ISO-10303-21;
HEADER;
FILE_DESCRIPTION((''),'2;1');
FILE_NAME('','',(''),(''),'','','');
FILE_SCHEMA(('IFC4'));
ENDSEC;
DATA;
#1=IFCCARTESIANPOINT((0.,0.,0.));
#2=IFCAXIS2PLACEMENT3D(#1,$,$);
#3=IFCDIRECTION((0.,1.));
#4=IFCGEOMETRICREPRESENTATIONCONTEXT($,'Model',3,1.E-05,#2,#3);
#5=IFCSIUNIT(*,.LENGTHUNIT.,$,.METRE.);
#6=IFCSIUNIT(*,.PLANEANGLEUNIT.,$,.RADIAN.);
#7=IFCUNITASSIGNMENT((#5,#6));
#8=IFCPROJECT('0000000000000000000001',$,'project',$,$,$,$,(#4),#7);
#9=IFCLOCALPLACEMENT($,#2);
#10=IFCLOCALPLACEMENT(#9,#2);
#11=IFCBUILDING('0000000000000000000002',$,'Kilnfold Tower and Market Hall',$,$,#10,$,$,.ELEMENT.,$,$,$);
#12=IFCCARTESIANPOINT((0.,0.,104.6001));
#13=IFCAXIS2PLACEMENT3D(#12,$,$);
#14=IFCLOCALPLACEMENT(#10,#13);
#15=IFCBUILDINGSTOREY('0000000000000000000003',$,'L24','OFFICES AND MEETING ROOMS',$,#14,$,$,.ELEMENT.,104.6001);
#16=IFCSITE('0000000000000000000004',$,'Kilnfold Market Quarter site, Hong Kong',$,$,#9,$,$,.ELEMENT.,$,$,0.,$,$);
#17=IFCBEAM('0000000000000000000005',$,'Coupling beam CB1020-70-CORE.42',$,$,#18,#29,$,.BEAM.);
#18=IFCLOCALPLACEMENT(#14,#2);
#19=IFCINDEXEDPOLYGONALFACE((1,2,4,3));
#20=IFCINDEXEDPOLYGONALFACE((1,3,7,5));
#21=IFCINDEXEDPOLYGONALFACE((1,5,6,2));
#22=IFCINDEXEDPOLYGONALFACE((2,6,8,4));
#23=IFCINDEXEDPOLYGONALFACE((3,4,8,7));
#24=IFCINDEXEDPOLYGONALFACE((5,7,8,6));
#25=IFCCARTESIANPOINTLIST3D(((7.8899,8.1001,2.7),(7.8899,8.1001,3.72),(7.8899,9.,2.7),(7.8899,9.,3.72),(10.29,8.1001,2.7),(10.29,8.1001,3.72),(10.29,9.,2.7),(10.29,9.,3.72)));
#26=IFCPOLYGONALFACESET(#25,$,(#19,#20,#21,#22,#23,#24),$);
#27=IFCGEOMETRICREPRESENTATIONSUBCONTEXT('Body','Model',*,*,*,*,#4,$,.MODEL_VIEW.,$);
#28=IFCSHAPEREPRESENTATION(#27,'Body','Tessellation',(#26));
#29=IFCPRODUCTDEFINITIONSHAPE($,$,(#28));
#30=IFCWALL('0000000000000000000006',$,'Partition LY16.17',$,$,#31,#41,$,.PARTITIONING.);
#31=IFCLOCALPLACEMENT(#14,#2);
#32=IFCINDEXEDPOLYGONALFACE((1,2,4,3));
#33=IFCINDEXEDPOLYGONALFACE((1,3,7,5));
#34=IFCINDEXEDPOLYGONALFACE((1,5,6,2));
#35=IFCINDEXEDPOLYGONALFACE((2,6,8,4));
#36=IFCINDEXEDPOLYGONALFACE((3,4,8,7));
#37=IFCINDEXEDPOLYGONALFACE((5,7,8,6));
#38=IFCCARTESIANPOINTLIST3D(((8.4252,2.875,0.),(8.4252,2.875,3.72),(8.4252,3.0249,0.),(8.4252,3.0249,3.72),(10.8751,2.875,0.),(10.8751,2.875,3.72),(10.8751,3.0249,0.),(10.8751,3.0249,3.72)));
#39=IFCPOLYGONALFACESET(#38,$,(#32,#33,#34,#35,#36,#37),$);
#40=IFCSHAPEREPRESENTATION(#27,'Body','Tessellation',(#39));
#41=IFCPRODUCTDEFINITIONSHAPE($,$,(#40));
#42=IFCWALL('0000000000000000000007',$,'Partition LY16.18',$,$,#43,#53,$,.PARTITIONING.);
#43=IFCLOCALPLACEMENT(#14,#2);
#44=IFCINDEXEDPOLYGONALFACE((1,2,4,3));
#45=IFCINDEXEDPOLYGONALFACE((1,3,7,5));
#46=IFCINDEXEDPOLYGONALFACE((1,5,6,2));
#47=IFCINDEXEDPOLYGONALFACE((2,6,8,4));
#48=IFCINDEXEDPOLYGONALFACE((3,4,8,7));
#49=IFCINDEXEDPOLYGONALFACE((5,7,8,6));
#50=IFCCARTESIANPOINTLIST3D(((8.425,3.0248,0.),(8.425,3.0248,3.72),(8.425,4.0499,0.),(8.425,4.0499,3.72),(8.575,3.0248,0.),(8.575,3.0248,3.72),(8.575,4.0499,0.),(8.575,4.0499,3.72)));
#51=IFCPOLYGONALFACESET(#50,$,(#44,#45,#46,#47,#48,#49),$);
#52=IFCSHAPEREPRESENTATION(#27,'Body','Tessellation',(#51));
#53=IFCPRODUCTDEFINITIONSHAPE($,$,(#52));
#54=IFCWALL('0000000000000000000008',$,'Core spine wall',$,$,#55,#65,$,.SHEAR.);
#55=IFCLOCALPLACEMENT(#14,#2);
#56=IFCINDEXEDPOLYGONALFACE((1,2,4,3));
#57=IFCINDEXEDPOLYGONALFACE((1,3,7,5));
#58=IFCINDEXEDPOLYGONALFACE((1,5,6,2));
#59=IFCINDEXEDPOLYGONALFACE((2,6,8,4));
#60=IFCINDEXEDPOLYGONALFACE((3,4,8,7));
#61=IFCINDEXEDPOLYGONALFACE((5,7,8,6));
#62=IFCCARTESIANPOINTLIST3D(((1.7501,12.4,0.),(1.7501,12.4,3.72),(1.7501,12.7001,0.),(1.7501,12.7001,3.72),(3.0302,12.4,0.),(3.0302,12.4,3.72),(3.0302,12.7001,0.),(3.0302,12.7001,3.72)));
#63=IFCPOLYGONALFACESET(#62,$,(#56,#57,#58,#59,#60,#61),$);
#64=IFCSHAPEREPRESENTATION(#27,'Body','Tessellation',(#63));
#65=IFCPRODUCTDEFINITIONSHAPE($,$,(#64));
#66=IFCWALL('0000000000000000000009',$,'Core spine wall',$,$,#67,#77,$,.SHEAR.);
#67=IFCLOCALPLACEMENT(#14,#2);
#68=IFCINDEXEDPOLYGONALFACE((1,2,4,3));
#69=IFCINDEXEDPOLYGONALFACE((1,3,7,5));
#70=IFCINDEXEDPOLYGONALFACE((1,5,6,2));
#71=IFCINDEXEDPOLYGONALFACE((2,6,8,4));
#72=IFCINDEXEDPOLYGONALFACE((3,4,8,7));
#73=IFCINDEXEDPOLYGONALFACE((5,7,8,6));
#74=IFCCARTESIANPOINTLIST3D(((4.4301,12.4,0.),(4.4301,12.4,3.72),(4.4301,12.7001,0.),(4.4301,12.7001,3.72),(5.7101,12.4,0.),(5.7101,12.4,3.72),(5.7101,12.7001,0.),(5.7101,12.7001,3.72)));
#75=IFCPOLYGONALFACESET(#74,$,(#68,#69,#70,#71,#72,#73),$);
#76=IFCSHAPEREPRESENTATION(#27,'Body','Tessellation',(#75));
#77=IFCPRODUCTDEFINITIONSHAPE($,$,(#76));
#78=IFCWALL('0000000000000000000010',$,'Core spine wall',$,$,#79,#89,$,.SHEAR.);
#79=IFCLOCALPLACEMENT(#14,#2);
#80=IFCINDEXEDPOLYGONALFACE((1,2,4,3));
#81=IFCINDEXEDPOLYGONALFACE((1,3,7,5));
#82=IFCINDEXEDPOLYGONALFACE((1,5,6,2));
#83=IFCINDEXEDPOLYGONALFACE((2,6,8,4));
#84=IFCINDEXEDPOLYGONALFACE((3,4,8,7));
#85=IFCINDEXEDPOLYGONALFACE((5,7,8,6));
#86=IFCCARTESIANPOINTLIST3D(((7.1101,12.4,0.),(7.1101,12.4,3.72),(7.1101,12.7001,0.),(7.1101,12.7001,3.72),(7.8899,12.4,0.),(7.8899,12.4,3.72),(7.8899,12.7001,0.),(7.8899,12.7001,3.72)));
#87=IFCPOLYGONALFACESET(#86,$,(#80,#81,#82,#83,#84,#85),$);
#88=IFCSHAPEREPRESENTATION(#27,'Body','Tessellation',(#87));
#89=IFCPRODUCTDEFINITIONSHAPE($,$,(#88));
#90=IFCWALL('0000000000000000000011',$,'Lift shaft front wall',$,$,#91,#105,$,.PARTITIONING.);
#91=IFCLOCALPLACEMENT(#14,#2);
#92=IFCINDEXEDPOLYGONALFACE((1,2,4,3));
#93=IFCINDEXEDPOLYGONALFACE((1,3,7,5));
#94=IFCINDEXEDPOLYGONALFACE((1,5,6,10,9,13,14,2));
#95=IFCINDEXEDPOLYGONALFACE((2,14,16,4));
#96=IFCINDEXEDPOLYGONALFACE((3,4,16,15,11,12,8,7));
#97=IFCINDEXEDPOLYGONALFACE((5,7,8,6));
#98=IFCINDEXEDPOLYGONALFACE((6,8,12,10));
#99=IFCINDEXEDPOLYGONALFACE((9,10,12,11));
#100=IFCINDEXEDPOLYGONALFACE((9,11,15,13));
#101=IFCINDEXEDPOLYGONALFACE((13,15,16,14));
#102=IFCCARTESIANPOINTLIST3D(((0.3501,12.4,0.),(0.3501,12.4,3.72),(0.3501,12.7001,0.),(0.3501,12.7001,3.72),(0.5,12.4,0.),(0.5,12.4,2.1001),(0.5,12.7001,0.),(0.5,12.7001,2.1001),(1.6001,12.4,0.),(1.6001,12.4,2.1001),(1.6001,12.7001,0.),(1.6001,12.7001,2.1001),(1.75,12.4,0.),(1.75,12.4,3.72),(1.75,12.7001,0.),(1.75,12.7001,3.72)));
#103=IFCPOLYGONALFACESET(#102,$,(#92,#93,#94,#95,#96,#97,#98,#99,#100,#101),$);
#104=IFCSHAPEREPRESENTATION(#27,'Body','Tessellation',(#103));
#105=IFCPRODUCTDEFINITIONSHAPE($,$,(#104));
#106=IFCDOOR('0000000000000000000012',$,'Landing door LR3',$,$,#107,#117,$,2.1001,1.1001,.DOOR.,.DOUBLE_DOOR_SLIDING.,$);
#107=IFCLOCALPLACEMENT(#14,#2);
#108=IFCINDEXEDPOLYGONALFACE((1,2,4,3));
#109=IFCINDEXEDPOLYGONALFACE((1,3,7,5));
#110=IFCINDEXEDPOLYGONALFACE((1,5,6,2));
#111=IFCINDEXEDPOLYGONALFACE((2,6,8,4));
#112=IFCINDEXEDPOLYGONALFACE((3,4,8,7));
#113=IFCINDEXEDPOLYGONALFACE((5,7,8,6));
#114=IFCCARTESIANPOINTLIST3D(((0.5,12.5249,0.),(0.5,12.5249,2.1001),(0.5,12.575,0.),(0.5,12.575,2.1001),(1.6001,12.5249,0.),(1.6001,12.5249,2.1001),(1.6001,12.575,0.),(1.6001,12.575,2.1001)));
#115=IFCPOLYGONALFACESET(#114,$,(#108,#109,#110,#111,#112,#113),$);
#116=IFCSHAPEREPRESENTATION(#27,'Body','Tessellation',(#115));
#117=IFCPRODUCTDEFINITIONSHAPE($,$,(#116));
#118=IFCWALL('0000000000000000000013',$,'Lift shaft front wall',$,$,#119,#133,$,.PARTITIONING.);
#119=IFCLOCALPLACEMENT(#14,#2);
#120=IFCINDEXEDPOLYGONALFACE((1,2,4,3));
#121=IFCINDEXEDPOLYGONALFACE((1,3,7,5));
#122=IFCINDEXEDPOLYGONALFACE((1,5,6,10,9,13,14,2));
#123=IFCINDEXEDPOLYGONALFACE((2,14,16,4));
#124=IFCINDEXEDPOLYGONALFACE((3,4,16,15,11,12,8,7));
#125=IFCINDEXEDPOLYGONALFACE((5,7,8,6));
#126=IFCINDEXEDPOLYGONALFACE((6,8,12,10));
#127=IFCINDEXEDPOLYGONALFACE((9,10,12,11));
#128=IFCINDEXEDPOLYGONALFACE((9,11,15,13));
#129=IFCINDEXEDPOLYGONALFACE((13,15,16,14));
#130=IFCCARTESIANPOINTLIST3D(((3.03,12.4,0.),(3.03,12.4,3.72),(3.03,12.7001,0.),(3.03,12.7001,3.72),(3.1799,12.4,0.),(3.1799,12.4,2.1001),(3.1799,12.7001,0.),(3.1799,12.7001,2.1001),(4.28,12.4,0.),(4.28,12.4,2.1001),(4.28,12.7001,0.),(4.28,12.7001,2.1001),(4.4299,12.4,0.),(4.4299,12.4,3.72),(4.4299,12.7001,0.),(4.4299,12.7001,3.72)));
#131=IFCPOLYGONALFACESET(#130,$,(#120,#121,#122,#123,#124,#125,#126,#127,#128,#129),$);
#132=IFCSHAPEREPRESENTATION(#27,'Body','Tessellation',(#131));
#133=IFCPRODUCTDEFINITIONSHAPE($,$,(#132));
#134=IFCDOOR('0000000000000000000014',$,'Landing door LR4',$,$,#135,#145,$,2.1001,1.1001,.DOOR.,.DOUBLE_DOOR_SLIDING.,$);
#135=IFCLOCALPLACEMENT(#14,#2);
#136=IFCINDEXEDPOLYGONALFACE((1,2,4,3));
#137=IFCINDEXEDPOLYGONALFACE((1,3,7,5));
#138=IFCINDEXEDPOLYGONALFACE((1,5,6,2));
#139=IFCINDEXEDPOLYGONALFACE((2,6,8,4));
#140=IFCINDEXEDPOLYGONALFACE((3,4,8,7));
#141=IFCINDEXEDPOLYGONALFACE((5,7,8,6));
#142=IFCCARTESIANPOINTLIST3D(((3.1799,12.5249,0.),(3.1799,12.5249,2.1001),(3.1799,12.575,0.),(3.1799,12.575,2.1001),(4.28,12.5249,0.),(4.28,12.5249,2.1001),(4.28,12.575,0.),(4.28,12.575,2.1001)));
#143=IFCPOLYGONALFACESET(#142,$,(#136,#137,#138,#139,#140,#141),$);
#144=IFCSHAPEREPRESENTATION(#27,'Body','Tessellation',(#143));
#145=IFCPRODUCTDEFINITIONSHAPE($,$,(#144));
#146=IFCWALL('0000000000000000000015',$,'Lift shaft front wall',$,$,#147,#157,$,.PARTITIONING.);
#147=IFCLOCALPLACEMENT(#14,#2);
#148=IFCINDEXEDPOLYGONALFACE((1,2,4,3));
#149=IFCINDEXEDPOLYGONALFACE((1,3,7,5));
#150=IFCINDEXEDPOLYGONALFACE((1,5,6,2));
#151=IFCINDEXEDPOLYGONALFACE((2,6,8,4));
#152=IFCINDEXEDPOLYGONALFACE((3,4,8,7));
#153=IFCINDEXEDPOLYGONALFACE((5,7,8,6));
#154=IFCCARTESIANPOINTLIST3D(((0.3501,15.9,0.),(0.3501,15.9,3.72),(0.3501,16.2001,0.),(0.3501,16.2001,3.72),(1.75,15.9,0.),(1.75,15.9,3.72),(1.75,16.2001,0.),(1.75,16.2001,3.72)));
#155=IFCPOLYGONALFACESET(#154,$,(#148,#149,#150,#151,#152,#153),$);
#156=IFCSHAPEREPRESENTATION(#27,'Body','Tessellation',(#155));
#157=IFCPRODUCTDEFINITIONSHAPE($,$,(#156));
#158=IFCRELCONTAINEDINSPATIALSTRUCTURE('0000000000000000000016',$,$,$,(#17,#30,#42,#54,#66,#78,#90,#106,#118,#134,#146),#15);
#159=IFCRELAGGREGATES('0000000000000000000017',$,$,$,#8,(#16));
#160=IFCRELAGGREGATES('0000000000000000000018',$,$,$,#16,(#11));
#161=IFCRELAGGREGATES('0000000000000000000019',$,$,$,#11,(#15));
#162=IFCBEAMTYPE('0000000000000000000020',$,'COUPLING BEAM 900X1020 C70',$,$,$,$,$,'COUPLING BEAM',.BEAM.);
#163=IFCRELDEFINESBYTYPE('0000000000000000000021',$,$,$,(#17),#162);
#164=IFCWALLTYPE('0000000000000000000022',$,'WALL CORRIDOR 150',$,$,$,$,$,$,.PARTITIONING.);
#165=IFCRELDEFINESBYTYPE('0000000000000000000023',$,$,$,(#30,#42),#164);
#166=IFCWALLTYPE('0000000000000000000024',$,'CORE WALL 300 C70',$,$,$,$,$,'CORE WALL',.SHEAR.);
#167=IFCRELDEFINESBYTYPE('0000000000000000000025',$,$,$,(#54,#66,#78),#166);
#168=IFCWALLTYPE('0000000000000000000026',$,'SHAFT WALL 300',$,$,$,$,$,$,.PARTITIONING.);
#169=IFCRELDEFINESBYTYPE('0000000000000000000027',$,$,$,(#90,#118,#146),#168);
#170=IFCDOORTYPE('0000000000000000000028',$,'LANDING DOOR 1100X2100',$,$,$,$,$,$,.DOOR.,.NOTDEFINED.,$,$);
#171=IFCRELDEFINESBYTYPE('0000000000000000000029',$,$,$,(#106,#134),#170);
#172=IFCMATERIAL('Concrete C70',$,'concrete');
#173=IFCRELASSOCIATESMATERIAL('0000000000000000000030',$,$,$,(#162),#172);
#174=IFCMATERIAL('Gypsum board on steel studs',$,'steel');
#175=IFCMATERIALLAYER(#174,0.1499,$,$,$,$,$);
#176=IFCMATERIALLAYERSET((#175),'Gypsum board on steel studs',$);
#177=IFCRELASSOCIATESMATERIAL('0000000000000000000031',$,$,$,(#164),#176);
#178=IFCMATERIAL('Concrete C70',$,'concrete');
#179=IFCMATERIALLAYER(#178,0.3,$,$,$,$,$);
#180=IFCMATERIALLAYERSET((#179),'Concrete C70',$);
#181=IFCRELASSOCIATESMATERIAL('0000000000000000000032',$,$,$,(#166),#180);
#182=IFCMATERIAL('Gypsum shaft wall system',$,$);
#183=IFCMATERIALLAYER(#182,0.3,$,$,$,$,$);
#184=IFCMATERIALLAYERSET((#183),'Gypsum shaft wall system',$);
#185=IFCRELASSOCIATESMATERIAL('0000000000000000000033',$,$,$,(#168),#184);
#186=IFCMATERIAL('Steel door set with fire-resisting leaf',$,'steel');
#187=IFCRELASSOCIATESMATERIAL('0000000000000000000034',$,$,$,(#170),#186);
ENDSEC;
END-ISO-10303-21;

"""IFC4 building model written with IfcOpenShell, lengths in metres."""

from ifc_helpers import new_model, si_unit, direction, frame, frame_2d, origin, origin_2d, place, context, subcontext, project, spatial, rectangle, extrude, source, transform, mapped, material, layer, layer_set, material_profile, profile_set, type_object, element, fill, save


model = new_model("IFC4")

# Units and contexts
model_context = context("Model", 3, precision=1e-05, world=origin(), true_north=direction((0.0, 1.0)))
body_context = subcontext(model_context, "Body", "Model", "MODEL_VIEW")
ifc_project = project(units=[si_unit("LENGTHUNIT", "METRE"), si_unit("PLANEANGLEUNIT", "RADIAN")], contexts=[model_context])

# Site, building, storey
site_placement = place(None, origin())
site = spatial("IfcSite", under=ifc_project, at=site_placement, Name="Kilnfold Market Quarter site, Hong Kong", CompositionType="ELEMENT", RefElevation=0.0)
building_placement = place(site_placement, origin())
building = spatial("IfcBuilding", under=site, at=building_placement, Name="Kilnfold Tower and Market Hall", CompositionType="ELEMENT")
storey_placement = place(building_placement, frame((0.0, 0.0, 104.6001)))
storey = spatial("IfcBuildingStorey", under=building, at=storey_placement, Name="L24", Description="OFFICES AND MEETING ROOMS", CompositionType="ELEMENT", Elevation=104.6001)

# Beam
ifc_material_1 = material(Name="Concrete C70", Category="concrete")
ifc_material_profile = material_profile(ifc_material_1, rectangle(XDim=0.8999, YDim=1.02, at=origin_2d()), Name="RC 900x1020")
ifc_profile_set = profile_set([ifc_material_profile], Name="Concrete C70")
beam_type = type_object("IfcBeamType", Name="COUPLING BEAM 900X1020 C70", ElementType="COUPLING BEAM", PredefinedType="BEAM", material=ifc_profile_set)
shared_shape_1 = source(origin(), body_context, "Body", "SweptSolid", [
    extrude(rectangle(XDim=0.8999, YDim=1.02, at=origin_2d()), origin(), (0.0, 0.0, 1.0), 2.4001),
])
beam_placement = place(storey_placement, frame((7.8899, 8.55, 3.21), z_axis=(1.0, 0.0, 0.0), x_axis=(0.0, 1.0, 0.0)))
element("IfcBeam", 1, at=beam_placement, inside=storey, type_object=beam_type, Name="Coupling beam CB1020-70-CORE.42", PredefinedType="BEAM", context=body_context, shape_type="MappedRepresentation", body=[
    mapped(shared_shape_1, transform((0.0, 0.0, 0.0))),
])

# Walls
ifc_material_2 = material(Name="Gypsum board on steel studs", Category="steel")
ifc_layer_1 = layer(ifc_material_2, 0.1499)
ifc_layer_set_1 = layer_set([ifc_layer_1], Name="Gypsum board on steel studs")
wall_type_1 = type_object("IfcWallType", Name="WALL CORRIDOR 150", PredefinedType="PARTITIONING", material=ifc_layer_set_1)
wall_1_placement = place(storey_placement, frame((8.425, 2.95, 0.0), z_axis=(0.0, 0.0, 1.0), x_axis=(1.0, 0.0, 0.0)))
element("IfcWall", 2, at=wall_1_placement, inside=storey, type_object=wall_type_1, Name="Partition LY16.17", PredefinedType="PARTITIONING", context=body_context, shape_type="SweptSolid", body=[
    extrude(rectangle(XDim=2.45, YDim=0.1499, at=frame_2d((1.2251, 0.0))), origin(), (0.0, 0.0, 1.0), 3.72),
])
wall_2_placement = place(storey_placement, frame((8.5, 4.05, 0.0), z_axis=(0.0, 0.0, 1.0), x_axis=(0.0, -1.0, 0.0)))
element("IfcWall", 3, at=wall_2_placement, inside=storey, type_object=wall_type_1, Name="Partition LY16.18", PredefinedType="PARTITIONING", context=body_context, shape_type="SweptSolid", body=[
    extrude(rectangle(XDim=1.0251, YDim=0.1499, at=frame_2d((0.5127, 0.0))), origin(), (0.0, 0.0, 1.0), 3.72),
])
ifc_material_3 = material(Name="Concrete C70", Category="concrete")
ifc_layer_2 = layer(ifc_material_3, 0.3)
ifc_layer_set_2 = layer_set([ifc_layer_2], Name="Concrete C70")
wall_type_2 = type_object("IfcWallType", Name="CORE WALL 300 C70", ElementType="CORE WALL", PredefinedType="SHEAR", material=ifc_layer_set_2)
shared_shape_2 = source(origin(), body_context, "Body", "SweptSolid", [
    extrude(rectangle(XDim=1.28, YDim=0.3, at=frame_2d((0.6401, 0.0))), origin(), (0.0, 0.0, 1.0), 3.72),
])
for number, where, z_axis, x_axis, name in (
    (4, (1.75, 12.55, 0.0), (0.0, 0.0, 1.0), (1.0, 0.0, 0.0), "Core spine wall"),
    (5, (4.4299, 12.55, 0.0), (0.0, 0.0, 1.0), (1.0, 0.0, 0.0), "Core spine wall"),
):
    element("IfcWall", number, at=place(storey_placement, frame(where, z_axis=z_axis, x_axis=x_axis)), inside=storey, type_object=wall_type_2, Name=name, PredefinedType="SHEAR", context=body_context, shape_type="MappedRepresentation", body=[
        mapped(shared_shape_2, transform((0.0, 0.0, 0.0))),
    ])
shared_shape_3 = source(origin(), body_context, "Body", "SweptSolid", [
    extrude(rectangle(XDim=0.7798, YDim=0.3, at=frame_2d((0.3899, 0.0))), origin(), (0.0, 0.0, 1.0), 3.72),
])
wall_3_placement = place(storey_placement, frame((7.1101, 12.55, 0.0), z_axis=(0.0, 0.0, 1.0), x_axis=(1.0, 0.0, 0.0)))
element("IfcWall", 6, at=wall_3_placement, inside=storey, type_object=wall_type_2, Name="Core spine wall", PredefinedType="SHEAR", context=body_context, shape_type="MappedRepresentation", body=[
    mapped(shared_shape_3, transform((0.0, 0.0, 0.0))),
])

# Walls, openings, doors
ifc_material_4 = material(Name="Gypsum shaft wall system")
ifc_layer_3 = layer(ifc_material_4, 0.3)
ifc_layer_set_3 = layer_set([ifc_layer_3], Name="Gypsum shaft wall system")
wall_type_3 = type_object("IfcWallType", Name="SHAFT WALL 300", PredefinedType="PARTITIONING", material=ifc_layer_set_3)
shared_shape_4 = source(origin(), body_context, "Body", "SweptSolid", [
    extrude(rectangle(XDim=1.3999, YDim=0.3, at=frame_2d((0.7, 0.0))), origin(), (0.0, 0.0, 1.0), 3.72),
])
wall_4_placement = place(storey_placement, frame((0.3501, 12.55, 0.0), z_axis=(0.0, 0.0, 1.0), x_axis=(1.0, 0.0, 0.0)))
wall_4 = element("IfcWall", 7, at=wall_4_placement, inside=storey, type_object=wall_type_3, Name="Lift shaft front wall", PredefinedType="PARTITIONING", context=body_context, shape_type="MappedRepresentation", body=[
    mapped(shared_shape_4, transform((0.0, 0.0, 0.0))),
])
opening_1_placement = place(wall_4_placement, frame((0.1499, 0.0, 0.0)))
opening_1 = element("IfcOpeningElement", 8, at=opening_1_placement, cuts=wall_4, PredefinedType="OPENING", context=body_context, shape_type="SweptSolid", body=[
    extrude(rectangle(XDim=1.1001, YDim=2.1001, at=frame_2d((0.55, 1.05))), frame((0.0, 0.1602, 0.0), z_axis=(0.0, -1.0, 0.0), x_axis=(1.0, 0.0, 0.0)), (0.0, 0.0, 1.0), 0.3201),
])
ifc_material_5 = material(Name="Steel door set with fire-resisting leaf", Category="steel")
door_type_1 = type_object("IfcDoorType", Name="LANDING DOOR 1100X2100", OperationType="NOTDEFINED", PredefinedType="DOOR", material=ifc_material_5)
door_1_placement = place(opening_1_placement, origin())
door_1 = element("IfcDoor", 9, at=door_1_placement, inside=storey, type_object=door_type_1, Name="Landing door LR3", OperationType="DOUBLE_DOOR_SLIDING", OverallHeight=2.1001, OverallWidth=1.1001, PredefinedType="DOOR", context=body_context, shape_type="SweptSolid", body=[
    extrude(rectangle(XDim=1.1001, YDim=2.1001, at=frame_2d((0.55, 1.05))), frame((0.0, 0.0249, 0.0), z_axis=(0.0, -1.0, 0.0), x_axis=(1.0, 0.0, 0.0)), (0.0, 0.0, 1.0), 0.05),
])
fill(opening_1, door_1)
wall_5_placement = place(storey_placement, frame((3.03, 12.55, 0.0), z_axis=(0.0, 0.0, 1.0), x_axis=(1.0, 0.0, 0.0)))
wall_5 = element("IfcWall", 10, at=wall_5_placement, inside=storey, type_object=wall_type_3, Name="Lift shaft front wall", PredefinedType="PARTITIONING", context=body_context, shape_type="MappedRepresentation", body=[
    mapped(shared_shape_4, transform((0.0, 0.0, 0.0))),
])
opening_2_placement = place(wall_5_placement, frame((0.1499, 0.0, 0.0)))
opening_2 = element("IfcOpeningElement", 11, at=opening_2_placement, cuts=wall_5, PredefinedType="OPENING", context=body_context, shape_type="SweptSolid", body=[
    extrude(rectangle(XDim=1.1001, YDim=2.1001, at=frame_2d((0.55, 1.05))), frame((0.0, 0.1602, 0.0), z_axis=(0.0, -1.0, 0.0), x_axis=(1.0, 0.0, 0.0)), (0.0, 0.0, 1.0), 0.3201),
])
door_2_placement = place(opening_2_placement, origin())
door_2 = element("IfcDoor", 12, at=door_2_placement, inside=storey, type_object=door_type_1, Name="Landing door LR4", OperationType="DOUBLE_DOOR_SLIDING", OverallHeight=2.1001, OverallWidth=1.1001, PredefinedType="DOOR", context=body_context, shape_type="SweptSolid", body=[
    extrude(rectangle(XDim=1.1001, YDim=2.1001, at=frame_2d((0.55, 1.05))), frame((0.0, 0.0249, 0.0), z_axis=(0.0, -1.0, 0.0), x_axis=(1.0, 0.0, 0.0)), (0.0, 0.0, 1.0), 0.05),
])
fill(opening_2, door_2)

# Wall
wall_6_placement = place(storey_placement, frame((0.3501, 16.05, 0.0), z_axis=(0.0, 0.0, 1.0), x_axis=(1.0, 0.0, 0.0)))
element("IfcWall", 13, at=wall_6_placement, inside=storey, type_object=wall_type_3, Name="Lift shaft front wall", PredefinedType="PARTITIONING", context=body_context, shape_type="MappedRepresentation", body=[
    mapped(shared_shape_4, transform((0.0, 0.0, 0.0))),
])

save(model, "model.ifc")
